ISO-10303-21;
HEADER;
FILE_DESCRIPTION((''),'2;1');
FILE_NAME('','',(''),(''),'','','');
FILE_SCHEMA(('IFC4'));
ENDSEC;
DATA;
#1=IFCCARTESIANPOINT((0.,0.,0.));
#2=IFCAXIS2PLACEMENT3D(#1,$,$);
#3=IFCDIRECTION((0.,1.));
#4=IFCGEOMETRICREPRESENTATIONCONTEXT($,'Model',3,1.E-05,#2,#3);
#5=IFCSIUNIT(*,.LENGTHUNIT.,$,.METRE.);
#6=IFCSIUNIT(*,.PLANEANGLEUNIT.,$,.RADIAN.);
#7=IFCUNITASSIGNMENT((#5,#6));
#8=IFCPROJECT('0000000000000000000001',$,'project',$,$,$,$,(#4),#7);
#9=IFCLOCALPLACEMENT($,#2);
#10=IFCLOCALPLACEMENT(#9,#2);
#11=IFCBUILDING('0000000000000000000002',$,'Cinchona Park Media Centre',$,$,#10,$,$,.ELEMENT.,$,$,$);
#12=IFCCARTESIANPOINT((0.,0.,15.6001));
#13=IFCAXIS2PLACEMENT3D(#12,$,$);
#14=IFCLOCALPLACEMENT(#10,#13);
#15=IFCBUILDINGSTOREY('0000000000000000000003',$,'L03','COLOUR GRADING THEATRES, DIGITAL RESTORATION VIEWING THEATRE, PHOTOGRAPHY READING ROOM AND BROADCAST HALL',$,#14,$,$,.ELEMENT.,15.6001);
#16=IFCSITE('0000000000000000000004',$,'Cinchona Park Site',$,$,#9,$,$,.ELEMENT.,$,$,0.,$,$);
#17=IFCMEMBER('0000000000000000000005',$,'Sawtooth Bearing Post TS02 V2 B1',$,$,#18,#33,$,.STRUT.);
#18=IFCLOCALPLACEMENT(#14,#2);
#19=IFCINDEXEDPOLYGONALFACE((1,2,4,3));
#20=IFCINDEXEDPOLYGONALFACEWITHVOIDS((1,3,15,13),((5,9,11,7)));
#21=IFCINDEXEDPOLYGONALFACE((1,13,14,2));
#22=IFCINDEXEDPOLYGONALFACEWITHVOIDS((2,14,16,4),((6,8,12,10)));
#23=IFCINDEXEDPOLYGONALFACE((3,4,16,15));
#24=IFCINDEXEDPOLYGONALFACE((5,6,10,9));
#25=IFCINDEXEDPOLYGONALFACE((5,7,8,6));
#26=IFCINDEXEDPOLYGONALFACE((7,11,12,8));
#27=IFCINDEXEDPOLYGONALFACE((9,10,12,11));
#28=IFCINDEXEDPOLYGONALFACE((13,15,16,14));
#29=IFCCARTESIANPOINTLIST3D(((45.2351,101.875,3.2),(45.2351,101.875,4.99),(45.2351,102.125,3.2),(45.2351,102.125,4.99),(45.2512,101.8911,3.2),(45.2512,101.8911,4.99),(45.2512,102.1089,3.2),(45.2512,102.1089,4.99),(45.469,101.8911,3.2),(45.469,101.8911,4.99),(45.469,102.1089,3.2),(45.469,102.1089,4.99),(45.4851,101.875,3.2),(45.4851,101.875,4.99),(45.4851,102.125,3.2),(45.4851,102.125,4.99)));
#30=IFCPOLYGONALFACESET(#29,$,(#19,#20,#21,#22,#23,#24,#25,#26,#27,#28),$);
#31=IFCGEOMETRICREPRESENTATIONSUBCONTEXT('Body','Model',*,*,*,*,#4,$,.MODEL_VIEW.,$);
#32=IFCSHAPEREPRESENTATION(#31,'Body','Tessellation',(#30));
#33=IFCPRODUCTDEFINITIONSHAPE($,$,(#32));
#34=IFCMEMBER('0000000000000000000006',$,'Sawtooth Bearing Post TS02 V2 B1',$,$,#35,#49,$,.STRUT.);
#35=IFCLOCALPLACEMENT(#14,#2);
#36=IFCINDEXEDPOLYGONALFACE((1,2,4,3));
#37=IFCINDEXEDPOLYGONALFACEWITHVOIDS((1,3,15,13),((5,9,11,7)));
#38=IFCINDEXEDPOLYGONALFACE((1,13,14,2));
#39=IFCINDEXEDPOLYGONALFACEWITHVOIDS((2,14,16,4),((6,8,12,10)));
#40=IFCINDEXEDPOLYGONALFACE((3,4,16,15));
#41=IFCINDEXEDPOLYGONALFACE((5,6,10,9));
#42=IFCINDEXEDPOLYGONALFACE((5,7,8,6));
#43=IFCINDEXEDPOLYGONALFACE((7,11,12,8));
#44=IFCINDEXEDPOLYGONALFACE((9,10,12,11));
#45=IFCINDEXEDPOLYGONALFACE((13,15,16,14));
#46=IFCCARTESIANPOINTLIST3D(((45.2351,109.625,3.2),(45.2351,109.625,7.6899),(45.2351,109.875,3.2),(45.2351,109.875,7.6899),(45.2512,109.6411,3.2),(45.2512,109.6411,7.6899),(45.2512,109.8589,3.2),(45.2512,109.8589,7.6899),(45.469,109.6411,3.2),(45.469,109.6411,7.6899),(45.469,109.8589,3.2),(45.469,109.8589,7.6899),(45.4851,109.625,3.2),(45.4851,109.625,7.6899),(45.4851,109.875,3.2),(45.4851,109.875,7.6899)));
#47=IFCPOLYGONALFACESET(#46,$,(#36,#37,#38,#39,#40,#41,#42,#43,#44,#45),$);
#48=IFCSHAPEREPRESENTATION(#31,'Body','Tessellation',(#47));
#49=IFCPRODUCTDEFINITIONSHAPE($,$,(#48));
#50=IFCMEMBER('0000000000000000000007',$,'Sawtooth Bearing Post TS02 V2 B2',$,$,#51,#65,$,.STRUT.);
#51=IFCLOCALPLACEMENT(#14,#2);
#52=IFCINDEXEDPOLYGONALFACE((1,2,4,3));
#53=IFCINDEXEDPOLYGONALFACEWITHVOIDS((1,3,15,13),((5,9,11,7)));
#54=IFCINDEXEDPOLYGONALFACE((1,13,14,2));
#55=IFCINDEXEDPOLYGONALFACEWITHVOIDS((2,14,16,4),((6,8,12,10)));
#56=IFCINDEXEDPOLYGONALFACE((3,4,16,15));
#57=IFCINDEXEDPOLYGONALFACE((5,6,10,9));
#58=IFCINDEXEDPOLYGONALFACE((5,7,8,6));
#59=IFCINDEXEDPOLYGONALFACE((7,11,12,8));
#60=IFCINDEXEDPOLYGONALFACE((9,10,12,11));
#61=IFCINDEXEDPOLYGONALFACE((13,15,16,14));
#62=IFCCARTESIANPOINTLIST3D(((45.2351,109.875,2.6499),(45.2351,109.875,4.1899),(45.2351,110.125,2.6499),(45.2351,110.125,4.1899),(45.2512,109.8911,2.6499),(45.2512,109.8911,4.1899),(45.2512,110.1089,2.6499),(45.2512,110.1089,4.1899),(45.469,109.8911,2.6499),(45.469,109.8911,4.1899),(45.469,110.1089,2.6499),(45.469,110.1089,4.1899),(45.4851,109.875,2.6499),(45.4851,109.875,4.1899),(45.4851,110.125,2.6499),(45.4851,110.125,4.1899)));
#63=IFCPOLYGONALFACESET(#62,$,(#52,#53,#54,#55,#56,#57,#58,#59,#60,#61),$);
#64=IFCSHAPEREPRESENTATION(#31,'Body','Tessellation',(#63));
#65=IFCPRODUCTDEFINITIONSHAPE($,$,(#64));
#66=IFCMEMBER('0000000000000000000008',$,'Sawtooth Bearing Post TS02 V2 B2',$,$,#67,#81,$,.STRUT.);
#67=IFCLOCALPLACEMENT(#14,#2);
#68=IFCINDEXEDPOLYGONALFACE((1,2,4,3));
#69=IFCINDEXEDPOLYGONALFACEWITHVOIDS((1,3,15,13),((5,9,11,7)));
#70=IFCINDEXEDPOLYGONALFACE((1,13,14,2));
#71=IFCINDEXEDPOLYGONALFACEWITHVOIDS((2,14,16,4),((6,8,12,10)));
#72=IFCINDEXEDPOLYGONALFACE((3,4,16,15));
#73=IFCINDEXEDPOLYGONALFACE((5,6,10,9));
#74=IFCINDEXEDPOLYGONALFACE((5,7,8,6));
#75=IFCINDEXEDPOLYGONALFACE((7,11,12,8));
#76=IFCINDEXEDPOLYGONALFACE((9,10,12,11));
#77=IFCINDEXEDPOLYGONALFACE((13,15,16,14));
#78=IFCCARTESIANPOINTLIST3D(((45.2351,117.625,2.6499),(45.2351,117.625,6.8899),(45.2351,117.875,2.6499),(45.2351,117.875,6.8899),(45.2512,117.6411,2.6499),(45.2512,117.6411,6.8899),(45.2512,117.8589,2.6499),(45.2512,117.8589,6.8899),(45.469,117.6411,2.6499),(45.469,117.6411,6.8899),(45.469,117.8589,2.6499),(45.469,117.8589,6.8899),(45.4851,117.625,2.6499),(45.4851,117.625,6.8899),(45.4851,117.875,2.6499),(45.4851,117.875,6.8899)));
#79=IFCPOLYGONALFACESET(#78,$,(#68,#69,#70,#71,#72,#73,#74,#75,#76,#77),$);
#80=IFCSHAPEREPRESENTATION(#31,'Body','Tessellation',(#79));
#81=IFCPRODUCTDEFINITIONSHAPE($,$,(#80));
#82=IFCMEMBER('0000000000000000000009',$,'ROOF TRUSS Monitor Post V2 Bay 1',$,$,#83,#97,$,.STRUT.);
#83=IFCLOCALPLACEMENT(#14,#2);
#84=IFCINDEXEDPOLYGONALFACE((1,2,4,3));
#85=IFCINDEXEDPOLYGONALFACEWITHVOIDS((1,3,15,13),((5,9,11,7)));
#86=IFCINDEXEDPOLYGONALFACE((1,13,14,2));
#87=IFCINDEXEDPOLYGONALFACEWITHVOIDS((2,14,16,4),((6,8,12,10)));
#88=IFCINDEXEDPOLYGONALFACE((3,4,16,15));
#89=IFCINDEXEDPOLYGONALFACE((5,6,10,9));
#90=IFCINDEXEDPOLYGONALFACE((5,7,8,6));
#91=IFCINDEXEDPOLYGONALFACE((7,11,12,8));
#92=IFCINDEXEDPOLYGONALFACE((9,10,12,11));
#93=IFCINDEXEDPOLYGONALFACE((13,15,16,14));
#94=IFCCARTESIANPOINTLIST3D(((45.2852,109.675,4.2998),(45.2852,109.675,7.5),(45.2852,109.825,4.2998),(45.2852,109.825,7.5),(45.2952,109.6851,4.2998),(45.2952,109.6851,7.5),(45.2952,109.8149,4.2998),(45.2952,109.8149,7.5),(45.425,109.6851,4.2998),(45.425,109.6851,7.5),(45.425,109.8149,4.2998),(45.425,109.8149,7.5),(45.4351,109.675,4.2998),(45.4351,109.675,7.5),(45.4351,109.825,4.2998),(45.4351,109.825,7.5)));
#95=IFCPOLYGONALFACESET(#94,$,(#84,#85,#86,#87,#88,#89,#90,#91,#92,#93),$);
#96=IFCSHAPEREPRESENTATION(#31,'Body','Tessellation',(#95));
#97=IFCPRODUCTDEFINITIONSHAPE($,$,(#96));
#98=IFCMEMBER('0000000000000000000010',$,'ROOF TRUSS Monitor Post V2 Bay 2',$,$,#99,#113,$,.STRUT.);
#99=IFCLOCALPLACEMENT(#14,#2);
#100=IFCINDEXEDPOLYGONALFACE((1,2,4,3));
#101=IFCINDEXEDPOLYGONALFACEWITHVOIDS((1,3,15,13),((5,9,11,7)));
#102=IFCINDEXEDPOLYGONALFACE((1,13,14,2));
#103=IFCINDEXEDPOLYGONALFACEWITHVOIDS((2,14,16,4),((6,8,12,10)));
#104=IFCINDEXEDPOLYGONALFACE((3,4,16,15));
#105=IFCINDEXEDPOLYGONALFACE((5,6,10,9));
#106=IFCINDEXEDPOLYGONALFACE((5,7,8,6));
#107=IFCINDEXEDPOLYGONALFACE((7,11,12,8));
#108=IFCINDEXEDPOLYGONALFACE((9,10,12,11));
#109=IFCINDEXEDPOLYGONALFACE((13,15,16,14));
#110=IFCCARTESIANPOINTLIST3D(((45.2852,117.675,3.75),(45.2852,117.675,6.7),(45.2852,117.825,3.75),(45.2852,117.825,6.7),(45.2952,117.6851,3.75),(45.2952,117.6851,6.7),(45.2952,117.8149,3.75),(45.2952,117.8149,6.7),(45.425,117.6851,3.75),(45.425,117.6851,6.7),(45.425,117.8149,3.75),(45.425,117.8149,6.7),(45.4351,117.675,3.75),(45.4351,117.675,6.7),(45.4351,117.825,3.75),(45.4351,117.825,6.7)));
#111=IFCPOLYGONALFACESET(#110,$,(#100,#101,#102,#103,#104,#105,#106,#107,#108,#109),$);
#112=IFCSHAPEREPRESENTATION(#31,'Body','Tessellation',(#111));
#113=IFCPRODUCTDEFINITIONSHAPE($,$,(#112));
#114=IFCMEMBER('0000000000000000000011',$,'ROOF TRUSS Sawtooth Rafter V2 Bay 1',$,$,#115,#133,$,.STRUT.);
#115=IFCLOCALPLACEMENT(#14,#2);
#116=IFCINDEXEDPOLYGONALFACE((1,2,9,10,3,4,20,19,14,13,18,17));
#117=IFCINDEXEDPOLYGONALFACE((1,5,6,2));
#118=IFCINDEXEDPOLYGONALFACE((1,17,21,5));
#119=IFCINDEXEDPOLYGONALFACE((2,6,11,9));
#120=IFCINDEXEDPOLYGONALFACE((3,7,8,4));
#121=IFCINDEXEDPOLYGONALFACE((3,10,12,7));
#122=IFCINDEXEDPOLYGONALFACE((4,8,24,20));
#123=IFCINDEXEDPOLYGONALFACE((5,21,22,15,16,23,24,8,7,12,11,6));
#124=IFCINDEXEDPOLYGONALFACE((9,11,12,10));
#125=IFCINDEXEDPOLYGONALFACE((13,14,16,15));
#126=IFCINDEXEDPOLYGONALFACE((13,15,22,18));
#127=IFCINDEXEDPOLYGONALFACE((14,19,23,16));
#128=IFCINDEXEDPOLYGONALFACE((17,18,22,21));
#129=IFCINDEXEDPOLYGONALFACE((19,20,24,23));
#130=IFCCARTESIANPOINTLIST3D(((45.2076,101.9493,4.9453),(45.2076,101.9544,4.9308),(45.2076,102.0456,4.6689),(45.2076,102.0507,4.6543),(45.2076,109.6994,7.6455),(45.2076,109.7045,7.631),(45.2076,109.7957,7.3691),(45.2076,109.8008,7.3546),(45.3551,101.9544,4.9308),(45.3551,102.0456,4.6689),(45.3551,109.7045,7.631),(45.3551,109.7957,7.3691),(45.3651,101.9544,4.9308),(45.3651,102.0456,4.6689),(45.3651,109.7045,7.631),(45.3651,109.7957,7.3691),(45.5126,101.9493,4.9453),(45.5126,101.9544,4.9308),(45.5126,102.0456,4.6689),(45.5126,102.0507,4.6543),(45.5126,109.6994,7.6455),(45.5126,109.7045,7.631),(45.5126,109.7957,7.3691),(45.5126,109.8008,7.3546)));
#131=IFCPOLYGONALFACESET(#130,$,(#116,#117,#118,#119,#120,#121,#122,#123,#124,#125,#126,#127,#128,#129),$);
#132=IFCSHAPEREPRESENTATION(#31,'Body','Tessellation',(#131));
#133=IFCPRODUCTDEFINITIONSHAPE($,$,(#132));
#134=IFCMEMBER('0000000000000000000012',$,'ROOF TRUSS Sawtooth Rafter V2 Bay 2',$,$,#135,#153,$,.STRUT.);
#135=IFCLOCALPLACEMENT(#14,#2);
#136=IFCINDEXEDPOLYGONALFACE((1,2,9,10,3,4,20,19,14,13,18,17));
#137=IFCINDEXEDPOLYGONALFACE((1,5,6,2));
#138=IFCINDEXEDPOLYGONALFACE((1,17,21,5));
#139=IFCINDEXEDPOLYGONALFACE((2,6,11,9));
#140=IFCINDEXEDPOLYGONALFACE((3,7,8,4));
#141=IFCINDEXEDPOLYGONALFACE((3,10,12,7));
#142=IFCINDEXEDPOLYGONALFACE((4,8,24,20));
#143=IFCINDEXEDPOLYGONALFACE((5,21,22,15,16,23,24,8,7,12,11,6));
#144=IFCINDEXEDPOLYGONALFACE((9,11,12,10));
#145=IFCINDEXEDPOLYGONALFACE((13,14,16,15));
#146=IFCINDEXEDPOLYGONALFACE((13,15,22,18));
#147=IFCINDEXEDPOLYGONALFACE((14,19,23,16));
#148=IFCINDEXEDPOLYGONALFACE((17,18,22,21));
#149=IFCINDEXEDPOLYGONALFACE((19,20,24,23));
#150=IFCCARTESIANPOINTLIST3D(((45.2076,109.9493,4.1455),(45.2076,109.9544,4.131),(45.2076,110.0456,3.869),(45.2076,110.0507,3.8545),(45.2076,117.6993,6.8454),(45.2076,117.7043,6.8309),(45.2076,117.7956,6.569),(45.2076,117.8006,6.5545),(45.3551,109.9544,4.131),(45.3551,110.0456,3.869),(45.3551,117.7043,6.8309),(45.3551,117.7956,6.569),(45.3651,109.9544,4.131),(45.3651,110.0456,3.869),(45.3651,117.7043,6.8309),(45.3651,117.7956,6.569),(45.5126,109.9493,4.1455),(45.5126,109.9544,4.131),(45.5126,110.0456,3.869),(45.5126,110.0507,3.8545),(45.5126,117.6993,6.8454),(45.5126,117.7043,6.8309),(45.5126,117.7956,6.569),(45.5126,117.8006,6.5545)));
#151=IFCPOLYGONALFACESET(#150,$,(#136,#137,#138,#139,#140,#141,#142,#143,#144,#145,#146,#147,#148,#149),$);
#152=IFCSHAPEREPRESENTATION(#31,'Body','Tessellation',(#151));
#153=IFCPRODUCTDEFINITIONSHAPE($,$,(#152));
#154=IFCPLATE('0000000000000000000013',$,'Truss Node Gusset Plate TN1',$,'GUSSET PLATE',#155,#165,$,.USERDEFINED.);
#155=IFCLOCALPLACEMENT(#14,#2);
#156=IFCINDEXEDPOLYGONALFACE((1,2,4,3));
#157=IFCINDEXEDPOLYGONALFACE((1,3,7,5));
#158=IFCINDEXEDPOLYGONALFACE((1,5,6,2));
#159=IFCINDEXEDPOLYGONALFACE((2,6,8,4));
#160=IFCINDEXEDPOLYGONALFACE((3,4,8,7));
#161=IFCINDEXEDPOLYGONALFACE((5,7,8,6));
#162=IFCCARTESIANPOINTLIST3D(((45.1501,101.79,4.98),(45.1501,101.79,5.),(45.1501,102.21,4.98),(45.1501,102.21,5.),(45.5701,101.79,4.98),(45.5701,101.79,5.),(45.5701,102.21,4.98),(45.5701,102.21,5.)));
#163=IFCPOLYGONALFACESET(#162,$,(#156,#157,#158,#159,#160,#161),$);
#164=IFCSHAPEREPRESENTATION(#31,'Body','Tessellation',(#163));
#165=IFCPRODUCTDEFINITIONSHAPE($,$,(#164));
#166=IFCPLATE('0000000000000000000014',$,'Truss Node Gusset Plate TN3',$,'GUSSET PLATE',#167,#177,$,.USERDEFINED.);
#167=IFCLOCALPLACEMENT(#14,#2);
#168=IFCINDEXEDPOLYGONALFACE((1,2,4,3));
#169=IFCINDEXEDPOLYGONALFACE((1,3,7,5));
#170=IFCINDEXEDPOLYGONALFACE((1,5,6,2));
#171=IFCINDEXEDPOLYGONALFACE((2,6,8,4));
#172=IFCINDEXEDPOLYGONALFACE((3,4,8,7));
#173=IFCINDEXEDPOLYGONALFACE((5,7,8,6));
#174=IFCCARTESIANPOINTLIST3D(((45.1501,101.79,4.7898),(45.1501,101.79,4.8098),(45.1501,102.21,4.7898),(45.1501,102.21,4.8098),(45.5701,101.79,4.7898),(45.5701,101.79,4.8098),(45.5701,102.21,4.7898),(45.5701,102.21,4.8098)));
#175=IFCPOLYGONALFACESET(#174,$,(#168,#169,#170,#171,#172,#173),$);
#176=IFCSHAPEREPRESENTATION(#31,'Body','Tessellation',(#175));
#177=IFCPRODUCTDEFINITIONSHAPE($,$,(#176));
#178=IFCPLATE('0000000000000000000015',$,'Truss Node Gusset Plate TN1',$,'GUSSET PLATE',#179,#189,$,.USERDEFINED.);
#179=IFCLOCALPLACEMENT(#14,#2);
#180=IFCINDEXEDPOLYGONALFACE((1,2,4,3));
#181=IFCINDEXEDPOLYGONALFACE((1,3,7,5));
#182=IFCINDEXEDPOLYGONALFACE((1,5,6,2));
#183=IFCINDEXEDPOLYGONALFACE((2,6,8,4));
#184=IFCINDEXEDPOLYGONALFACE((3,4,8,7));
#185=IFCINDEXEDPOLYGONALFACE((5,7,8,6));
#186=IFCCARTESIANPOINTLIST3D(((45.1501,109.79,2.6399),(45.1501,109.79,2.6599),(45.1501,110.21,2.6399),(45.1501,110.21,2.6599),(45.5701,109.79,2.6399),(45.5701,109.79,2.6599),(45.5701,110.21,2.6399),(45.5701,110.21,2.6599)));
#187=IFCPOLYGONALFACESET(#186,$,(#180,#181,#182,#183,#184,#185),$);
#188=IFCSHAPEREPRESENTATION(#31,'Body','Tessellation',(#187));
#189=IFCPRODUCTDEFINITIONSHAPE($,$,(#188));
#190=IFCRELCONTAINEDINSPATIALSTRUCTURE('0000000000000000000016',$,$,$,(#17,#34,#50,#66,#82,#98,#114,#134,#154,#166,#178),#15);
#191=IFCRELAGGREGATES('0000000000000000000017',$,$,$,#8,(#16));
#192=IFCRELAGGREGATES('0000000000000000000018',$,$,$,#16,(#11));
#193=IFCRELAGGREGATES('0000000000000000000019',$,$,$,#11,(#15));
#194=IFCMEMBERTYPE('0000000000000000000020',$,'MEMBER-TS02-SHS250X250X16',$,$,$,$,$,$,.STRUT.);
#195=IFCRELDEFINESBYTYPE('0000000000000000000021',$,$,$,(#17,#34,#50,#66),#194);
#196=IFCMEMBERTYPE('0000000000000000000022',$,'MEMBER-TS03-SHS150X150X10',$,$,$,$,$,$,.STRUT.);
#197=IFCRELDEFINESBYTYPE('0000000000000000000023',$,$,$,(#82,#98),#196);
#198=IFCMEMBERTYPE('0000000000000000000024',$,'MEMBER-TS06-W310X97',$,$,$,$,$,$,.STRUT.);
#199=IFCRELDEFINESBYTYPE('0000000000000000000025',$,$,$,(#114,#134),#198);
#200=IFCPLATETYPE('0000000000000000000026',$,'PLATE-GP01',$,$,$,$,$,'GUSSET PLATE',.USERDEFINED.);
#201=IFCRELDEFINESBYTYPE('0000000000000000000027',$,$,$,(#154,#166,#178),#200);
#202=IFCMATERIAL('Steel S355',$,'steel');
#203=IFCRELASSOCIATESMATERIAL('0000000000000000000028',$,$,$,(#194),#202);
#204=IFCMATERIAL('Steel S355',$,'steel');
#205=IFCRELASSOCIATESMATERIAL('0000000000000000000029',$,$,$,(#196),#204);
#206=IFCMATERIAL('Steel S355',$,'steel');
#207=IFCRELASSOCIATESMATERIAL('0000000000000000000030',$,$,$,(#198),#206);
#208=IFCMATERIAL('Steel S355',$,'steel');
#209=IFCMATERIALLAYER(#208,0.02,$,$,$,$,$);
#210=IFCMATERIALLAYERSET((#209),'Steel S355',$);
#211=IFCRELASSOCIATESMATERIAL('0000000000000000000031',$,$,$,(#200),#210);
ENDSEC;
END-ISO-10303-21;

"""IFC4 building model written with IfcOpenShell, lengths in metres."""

from ifc_helpers import new_model, si_unit, direction, frame, origin, origin_2d, place, context, subcontext, project, spatial, rectangle, hollow_rectangle, i_section, extrude, material, layer, layer_set, material_profile, profile_set, type_object, element, save


model = new_model("IFC4")

# Units and contexts
model_context = context("Model", 3, precision=1e-05, world=origin(), true_north=direction((0.0, 1.0)))
body_context = subcontext(model_context, "Body", "Model", "MODEL_VIEW")
ifc_project = project(units=[si_unit("LENGTHUNIT", "METRE"), si_unit("PLANEANGLEUNIT", "RADIAN")], contexts=[model_context])

# Site, building, storey
site_placement = place(None, origin())
site = spatial("IfcSite", under=ifc_project, at=site_placement, Name="Cinchona Park Site", CompositionType="ELEMENT", RefElevation=0.0)
building_placement = place(site_placement, origin())
building = spatial("IfcBuilding", under=site, at=building_placement, Name="Cinchona Park Media Centre", CompositionType="ELEMENT")
storey_placement = place(building_placement, frame((0.0, 0.0, 15.6001)))
storey = spatial("IfcBuildingStorey", under=building, at=storey_placement, Name="L03", Description="COLOUR GRADING THEATRES, DIGITAL RESTORATION VIEWING THEATRE, PHOTOGRAPHY READING ROOM AND BROADCAST HALL", CompositionType="ELEMENT", Elevation=15.6001)

# Members
ifc_material_1 = material(Name="Steel S355", Category="steel")
ifc_material_profile_1 = material_profile(ifc_material_1, hollow_rectangle(XDim=0.25, YDim=0.25, WallThickness=0.0161, at=origin_2d()), Name="250X250X16SHS")
ifc_profile_set_1 = profile_set([ifc_material_profile_1], Name="Steel S355")
member_type_1 = type_object("IfcMemberType", Name="MEMBER-TS02-SHS250X250X16", PredefinedType="STRUT", material=ifc_profile_set_1)
member_1_placement = place(storey_placement, frame((45.3601, 102.0, 3.2), z_axis=(0.0, 0.0, 1.0), x_axis=(1.0, 0.0, 0.0)))
element("IfcMember", 1, at=member_1_placement, inside=storey, type_object=member_type_1, Name="Sawtooth Bearing Post TS02 V2 B1", PredefinedType="STRUT", context=body_context, shape_type="SweptSolid", body=[
    extrude(hollow_rectangle(XDim=0.25, YDim=0.25, WallThickness=0.0161, at=origin_2d()), origin(), (0.0, 0.0, 1.0), 1.79),
])
member_2_placement = place(storey_placement, frame((45.3601, 109.75, 3.2), z_axis=(0.0, 0.0, 1.0), x_axis=(1.0, 0.0, 0.0)))
element("IfcMember", 2, at=member_2_placement, inside=storey, type_object=member_type_1, Name="Sawtooth Bearing Post TS02 V2 B1", PredefinedType="STRUT", context=body_context, shape_type="SweptSolid", body=[
    extrude(hollow_rectangle(XDim=0.25, YDim=0.25, WallThickness=0.0161, at=origin_2d()), origin(), (0.0, 0.0, 1.0), 4.49),
])
member_3_placement = place(storey_placement, frame((45.3601, 110.0, 2.6499), z_axis=(0.0, 0.0, 1.0), x_axis=(1.0, 0.0, 0.0)))
element("IfcMember", 3, at=member_3_placement, inside=storey, type_object=member_type_1, Name="Sawtooth Bearing Post TS02 V2 B2", PredefinedType="STRUT", context=body_context, shape_type="SweptSolid", body=[
    extrude(hollow_rectangle(XDim=0.25, YDim=0.25, WallThickness=0.0161, at=origin_2d()), origin(), (0.0, 0.0, 1.0), 1.54),
])
member_4_placement = place(storey_placement, frame((45.3601, 117.75, 2.6499), z_axis=(0.0, 0.0, 1.0), x_axis=(1.0, 0.0, 0.0)))
element("IfcMember", 4, at=member_4_placement, inside=storey, type_object=member_type_1, Name="Sawtooth Bearing Post TS02 V2 B2", PredefinedType="STRUT", context=body_context, shape_type="SweptSolid", body=[
    extrude(hollow_rectangle(XDim=0.25, YDim=0.25, WallThickness=0.0161, at=origin_2d()), origin(), (0.0, 0.0, 1.0), 4.24),
])
ifc_material_2 = material(Name="Steel S355", Category="steel")
ifc_material_profile_2 = material_profile(ifc_material_2, hollow_rectangle(XDim=0.1499, YDim=0.1499, WallThickness=0.01, at=origin_2d()), Name="150X150X10SHS")
ifc_profile_set_2 = profile_set([ifc_material_profile_2], Name="Steel S355")
member_type_2 = type_object("IfcMemberType", Name="MEMBER-TS03-SHS150X150X10", PredefinedType="STRUT", material=ifc_profile_set_2)
member_5_placement = place(storey_placement, frame((45.3601, 109.75, 4.2998), z_axis=(0.0, 0.0, 1.0), x_axis=(1.0, 0.0, 0.0)))
element("IfcMember", 5, at=member_5_placement, inside=storey, type_object=member_type_2, Name="ROOF TRUSS Monitor Post V2 Bay 1", PredefinedType="STRUT", context=body_context, shape_type="SweptSolid", body=[
    extrude(hollow_rectangle(XDim=0.1499, YDim=0.1499, WallThickness=0.01, at=origin_2d()), origin(), (0.0, 0.0, 1.0), 3.2002),
])
member_6_placement = place(storey_placement, frame((45.3601, 117.75, 3.75), z_axis=(0.0, 0.0, 1.0), x_axis=(1.0, 0.0, 0.0)))
element("IfcMember", 6, at=member_6_placement, inside=storey, type_object=member_type_2, Name="ROOF TRUSS Monitor Post V2 Bay 2", PredefinedType="STRUT", context=body_context, shape_type="SweptSolid", body=[
    extrude(hollow_rectangle(XDim=0.1499, YDim=0.1499, WallThickness=0.01, at=origin_2d()), origin(), (0.0, 0.0, 1.0), 2.95),
])
ifc_material_3 = material(Name="Steel S355", Category="steel")
ifc_material_profile_3 = material_profile(ifc_material_3, i_section(OverallWidth=0.3049, OverallDepth=0.3081, WebThickness=0.01, FlangeThickness=0.0154, at=origin_2d()), Name="W310X97")
ifc_profile_set_3 = profile_set([ifc_material_profile_3], Name="Steel S355")
member_type_3 = type_object("IfcMemberType", Name="MEMBER-TS06-W310X97", PredefinedType="STRUT", material=ifc_profile_set_3)
member_7_placement = place(storey_placement, frame((45.3601, 102.0, 4.7998), z_axis=(0.0, 0.944325, 0.329014), x_axis=(-1.0, 0.0, 0.0)))
element("IfcMember", 7, at=member_7_placement, inside=storey, type_object=member_type_3, Name="ROOF TRUSS Sawtooth Rafter V2 Bay 1", PredefinedType="STRUT", context=body_context, shape_type="SweptSolid", body=[
    extrude(i_section(OverallWidth=0.3049, OverallDepth=0.3081, WebThickness=0.01, FlangeThickness=0.0154, at=origin_2d()), origin(), (0.0, 0.0, 1.0), 8.207),
])
member_8_placement = place(storey_placement, frame((45.3601, 110.0, 4.0), z_axis=(0.0, 0.944334, 0.328988), x_axis=(-1.0, 0.0, 0.0)))
element("IfcMember", 8, at=member_8_placement, inside=storey, type_object=member_type_3, Name="ROOF TRUSS Sawtooth Rafter V2 Bay 2", PredefinedType="STRUT", context=body_context, shape_type="SweptSolid", body=[
    extrude(i_section(OverallWidth=0.3049, OverallDepth=0.3081, WebThickness=0.01, FlangeThickness=0.0154, at=origin_2d()), origin(), (0.0, 0.0, 1.0), 8.2068),
])

# Plates
ifc_material_4 = material(Name="Steel S355", Category="steel")
ifc_layer_1 = layer(ifc_material_4, 0.02)
ifc_layer_set_1 = layer_set([ifc_layer_1], Name="Steel S355")
plate_type_1 = type_object("IfcPlateType", Name="PLATE-GP01", ElementType="GUSSET PLATE", PredefinedType="USERDEFINED", material=ifc_layer_set_1)
for number, where, z_axis, x_axis, name in (
    (9, (45.3601, 102.0, 4.98), (0.0, 0.0, 1.0), (1.0, 0.0, 0.0), "Truss Node Gusset Plate TN1"),
    (10, (45.3601, 102.0, 4.7898), (0.0, 0.0, 1.0), (1.0, 0.0, 0.0), "Truss Node Gusset Plate TN3"),
    (11, (45.3601, 110.0, 2.6399), (0.0, 0.0, 1.0), (1.0, 0.0, 0.0), "Truss Node Gusset Plate TN1"),
):
    element("IfcPlate", number, at=place(storey_placement, frame(where, z_axis=z_axis, x_axis=x_axis)), inside=storey, type_object=plate_type_1, Name=name, ObjectType="GUSSET PLATE", PredefinedType="USERDEFINED", context=body_context, shape_type="SweptSolid", body=[
        extrude(rectangle(XDim=0.4199, YDim=0.4199, at=origin_2d()), origin(), (0.0, 0.0, 1.0), 0.02),
    ])

save(model, "model.ifc")
